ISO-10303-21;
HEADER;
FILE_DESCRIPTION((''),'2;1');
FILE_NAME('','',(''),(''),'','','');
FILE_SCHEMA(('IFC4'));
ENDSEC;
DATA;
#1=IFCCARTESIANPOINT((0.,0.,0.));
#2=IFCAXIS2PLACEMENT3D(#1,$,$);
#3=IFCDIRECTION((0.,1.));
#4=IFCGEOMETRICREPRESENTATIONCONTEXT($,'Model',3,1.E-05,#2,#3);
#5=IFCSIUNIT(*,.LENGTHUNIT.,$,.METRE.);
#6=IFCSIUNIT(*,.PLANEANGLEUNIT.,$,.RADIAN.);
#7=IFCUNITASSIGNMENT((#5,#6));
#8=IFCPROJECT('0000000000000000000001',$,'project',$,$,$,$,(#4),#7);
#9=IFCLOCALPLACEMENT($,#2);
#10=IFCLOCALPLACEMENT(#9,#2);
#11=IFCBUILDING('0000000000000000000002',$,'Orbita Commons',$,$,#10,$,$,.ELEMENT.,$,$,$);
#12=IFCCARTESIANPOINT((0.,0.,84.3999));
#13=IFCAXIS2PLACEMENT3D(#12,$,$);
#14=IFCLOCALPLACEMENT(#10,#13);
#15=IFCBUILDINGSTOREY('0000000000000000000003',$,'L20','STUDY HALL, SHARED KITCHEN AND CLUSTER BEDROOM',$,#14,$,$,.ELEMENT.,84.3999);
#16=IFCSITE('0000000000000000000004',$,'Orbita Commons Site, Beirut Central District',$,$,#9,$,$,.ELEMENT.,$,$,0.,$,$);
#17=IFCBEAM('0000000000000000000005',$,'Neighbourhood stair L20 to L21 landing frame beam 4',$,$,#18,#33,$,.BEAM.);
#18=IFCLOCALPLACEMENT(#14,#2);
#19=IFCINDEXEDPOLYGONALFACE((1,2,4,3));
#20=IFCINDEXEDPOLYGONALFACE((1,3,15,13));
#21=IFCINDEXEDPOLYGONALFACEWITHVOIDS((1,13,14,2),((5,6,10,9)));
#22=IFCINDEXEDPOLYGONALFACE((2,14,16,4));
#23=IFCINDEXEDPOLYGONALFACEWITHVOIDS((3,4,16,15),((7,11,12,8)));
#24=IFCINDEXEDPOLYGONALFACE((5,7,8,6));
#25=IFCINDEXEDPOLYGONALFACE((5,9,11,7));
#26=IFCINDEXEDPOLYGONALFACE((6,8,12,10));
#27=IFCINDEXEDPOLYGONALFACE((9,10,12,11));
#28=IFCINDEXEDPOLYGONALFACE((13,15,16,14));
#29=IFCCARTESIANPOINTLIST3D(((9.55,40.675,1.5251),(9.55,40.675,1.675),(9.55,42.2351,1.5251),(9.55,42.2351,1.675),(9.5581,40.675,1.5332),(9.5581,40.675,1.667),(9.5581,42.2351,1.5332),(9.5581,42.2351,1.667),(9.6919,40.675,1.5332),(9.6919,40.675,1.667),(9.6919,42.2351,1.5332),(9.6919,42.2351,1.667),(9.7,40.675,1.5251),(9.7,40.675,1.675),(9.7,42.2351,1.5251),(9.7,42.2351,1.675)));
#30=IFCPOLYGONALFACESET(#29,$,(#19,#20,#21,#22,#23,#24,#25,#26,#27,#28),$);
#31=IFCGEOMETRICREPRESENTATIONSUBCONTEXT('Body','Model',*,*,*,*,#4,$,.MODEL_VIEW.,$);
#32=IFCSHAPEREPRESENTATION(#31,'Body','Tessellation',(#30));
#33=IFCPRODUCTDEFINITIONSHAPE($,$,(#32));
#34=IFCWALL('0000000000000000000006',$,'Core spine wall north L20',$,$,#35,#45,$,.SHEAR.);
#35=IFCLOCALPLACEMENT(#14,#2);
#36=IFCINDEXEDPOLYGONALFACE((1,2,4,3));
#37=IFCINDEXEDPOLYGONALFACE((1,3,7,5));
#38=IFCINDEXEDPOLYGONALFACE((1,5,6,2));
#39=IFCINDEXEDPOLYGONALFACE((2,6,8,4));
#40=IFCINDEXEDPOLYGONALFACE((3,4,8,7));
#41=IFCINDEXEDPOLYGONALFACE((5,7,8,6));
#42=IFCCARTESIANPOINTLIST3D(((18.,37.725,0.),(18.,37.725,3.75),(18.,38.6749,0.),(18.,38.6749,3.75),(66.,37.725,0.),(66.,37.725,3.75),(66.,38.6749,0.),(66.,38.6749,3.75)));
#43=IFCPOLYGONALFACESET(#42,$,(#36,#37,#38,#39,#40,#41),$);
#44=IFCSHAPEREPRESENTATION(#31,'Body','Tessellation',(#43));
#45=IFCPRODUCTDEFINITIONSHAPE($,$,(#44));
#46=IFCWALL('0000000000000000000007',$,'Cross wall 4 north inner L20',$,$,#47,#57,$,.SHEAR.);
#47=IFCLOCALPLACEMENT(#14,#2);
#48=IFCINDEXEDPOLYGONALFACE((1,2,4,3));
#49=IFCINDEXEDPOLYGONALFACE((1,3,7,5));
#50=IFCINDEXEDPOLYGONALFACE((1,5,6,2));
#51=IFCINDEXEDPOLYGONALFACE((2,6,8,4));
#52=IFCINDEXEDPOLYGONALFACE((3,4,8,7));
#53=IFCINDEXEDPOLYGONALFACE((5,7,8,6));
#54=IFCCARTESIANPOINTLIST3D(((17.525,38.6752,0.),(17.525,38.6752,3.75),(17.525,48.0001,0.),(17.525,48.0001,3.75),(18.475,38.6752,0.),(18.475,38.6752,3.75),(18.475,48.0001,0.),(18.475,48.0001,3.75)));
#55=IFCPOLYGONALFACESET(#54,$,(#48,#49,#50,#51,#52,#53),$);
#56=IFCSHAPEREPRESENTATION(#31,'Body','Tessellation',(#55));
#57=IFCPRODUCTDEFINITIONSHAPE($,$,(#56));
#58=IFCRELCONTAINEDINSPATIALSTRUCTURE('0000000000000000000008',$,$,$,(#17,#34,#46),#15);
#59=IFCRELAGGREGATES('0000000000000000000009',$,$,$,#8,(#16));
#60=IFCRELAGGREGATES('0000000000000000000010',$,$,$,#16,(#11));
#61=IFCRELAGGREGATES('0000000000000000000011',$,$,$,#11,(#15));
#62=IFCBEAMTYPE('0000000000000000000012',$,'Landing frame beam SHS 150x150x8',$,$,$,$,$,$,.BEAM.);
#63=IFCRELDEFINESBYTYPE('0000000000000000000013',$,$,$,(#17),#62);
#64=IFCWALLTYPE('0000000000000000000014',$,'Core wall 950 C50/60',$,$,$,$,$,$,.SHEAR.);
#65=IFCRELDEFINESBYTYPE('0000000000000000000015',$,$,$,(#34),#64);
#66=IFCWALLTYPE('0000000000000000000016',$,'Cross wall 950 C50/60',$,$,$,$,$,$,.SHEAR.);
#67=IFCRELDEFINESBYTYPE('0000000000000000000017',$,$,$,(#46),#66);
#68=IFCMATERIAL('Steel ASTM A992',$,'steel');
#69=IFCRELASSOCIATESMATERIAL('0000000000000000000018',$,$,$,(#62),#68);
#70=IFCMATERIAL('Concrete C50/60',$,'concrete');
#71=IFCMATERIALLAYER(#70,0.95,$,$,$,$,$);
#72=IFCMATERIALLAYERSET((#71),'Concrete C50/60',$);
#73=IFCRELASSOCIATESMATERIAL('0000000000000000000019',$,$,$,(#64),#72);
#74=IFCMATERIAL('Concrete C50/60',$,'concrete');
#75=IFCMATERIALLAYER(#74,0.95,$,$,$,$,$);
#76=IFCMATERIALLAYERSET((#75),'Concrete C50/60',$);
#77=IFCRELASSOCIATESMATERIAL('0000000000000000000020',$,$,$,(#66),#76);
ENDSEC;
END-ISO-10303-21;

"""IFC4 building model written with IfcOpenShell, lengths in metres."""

from ifc_helpers import new_model, si_unit, direction, frame, frame_2d, origin, origin_2d, place, context, subcontext, project, spatial, rectangle, hollow_rectangle, extrude, material, layer, layer_set, material_profile, profile_set, type_object, element, save


model = new_model("IFC4")

# Units and contexts
model_context = context("Model", 3, precision=1e-05, world=origin(), true_north=direction((0.0, 1.0)))
body_context = subcontext(model_context, "Body", "Model", "MODEL_VIEW")
ifc_project = project(units=[si_unit("LENGTHUNIT", "METRE"), si_unit("PLANEANGLEUNIT", "RADIAN")], contexts=[model_context])

# Site, building, storey
site_placement = place(None, origin())
site = spatial("IfcSite", under=ifc_project, at=site_placement, Name="Orbita Commons Site, Beirut Central District", CompositionType="ELEMENT", RefElevation=0.0)
building_placement = place(site_placement, origin())
building = spatial("IfcBuilding", under=site, at=building_placement, Name="Orbita Commons", CompositionType="ELEMENT")
storey_placement = place(building_placement, frame((0.0, 0.0, 84.3999)))
storey = spatial("IfcBuildingStorey", under=building, at=storey_placement, Name="L20", Description="STUDY HALL, SHARED KITCHEN AND CLUSTER BEDROOM", CompositionType="ELEMENT", Elevation=84.3999)

# Beam
ifc_material_1 = material(Name="Steel ASTM A992", Category="steel")
ifc_material_profile = material_profile(ifc_material_1, hollow_rectangle(XDim=0.1499, YDim=0.1499, WallThickness=0.0081, at=origin_2d()), Name="SHS 150x150x8")
ifc_profile_set = profile_set([ifc_material_profile], Name="Steel ASTM A992")
beam_type = type_object("IfcBeamType", Name="Landing frame beam SHS 150x150x8", PredefinedType="BEAM", material=ifc_profile_set)
beam_placement = place(storey_placement, frame((9.625, 40.675, 1.6001), z_axis=(0.0, 1.0, 0.0), x_axis=(-1.0, 0.0, 0.0)))
element("IfcBeam", 1, at=beam_placement, inside=storey, type_object=beam_type, Name="Neighbourhood stair L20 to L21 landing frame beam 4", PredefinedType="BEAM", context=body_context, shape_type="SweptSolid", body=[
    extrude(hollow_rectangle(XDim=0.1499, YDim=0.1499, WallThickness=0.0081, at=origin_2d()), origin(), (0.0, 0.0, 1.0), 1.5601),
])

# Walls
ifc_material_2 = material(Name="Concrete C50/60", Category="concrete")
ifc_layer_1 = layer(ifc_material_2, 0.95)
ifc_layer_set_1 = layer_set([ifc_layer_1], Name="Concrete C50/60")
wall_type_1 = type_object("IfcWallType", Name="Core wall 950 C50/60", PredefinedType="SHEAR", material=ifc_layer_set_1)
wall_1_placement = place(storey_placement, frame((18.0, 38.2, 0.0), z_axis=(0.0, 0.0, 1.0), x_axis=(1.0, 0.0, 0.0)))
element("IfcWall", 2, at=wall_1_placement, inside=storey, type_object=wall_type_1, Name="Core spine wall north L20", PredefinedType="SHEAR", context=body_context, shape_type="SweptSolid", body=[
    extrude(rectangle(XDim=48.0, YDim=0.95, at=frame_2d((24.0, 0.0))), origin(), (0.0, 0.0, 1.0), 3.75),
])
ifc_material_3 = material(Name="Concrete C50/60", Category="concrete")
ifc_layer_2 = layer(ifc_material_3, 0.95)
ifc_layer_set_2 = layer_set([ifc_layer_2], Name="Concrete C50/60")
wall_type_2 = type_object("IfcWallType", Name="Cross wall 950 C50/60", PredefinedType="SHEAR", material=ifc_layer_set_2)
wall_2_placement = place(storey_placement, frame((18.0, 38.675, 0.0), z_axis=(0.0, 0.0, 1.0), x_axis=(0.0, 1.0, 0.0)))
element("IfcWall", 3, at=wall_2_placement, inside=storey, type_object=wall_type_2, Name="Cross wall 4 north inner L20", PredefinedType="SHEAR", context=body_context, shape_type="SweptSolid", body=[
    extrude(rectangle(XDim=9.325, YDim=0.95, at=frame_2d((4.6626, 0.0))), origin(), (0.0, 0.0, 1.0), 3.75),
])

save(model, "model.ifc")
